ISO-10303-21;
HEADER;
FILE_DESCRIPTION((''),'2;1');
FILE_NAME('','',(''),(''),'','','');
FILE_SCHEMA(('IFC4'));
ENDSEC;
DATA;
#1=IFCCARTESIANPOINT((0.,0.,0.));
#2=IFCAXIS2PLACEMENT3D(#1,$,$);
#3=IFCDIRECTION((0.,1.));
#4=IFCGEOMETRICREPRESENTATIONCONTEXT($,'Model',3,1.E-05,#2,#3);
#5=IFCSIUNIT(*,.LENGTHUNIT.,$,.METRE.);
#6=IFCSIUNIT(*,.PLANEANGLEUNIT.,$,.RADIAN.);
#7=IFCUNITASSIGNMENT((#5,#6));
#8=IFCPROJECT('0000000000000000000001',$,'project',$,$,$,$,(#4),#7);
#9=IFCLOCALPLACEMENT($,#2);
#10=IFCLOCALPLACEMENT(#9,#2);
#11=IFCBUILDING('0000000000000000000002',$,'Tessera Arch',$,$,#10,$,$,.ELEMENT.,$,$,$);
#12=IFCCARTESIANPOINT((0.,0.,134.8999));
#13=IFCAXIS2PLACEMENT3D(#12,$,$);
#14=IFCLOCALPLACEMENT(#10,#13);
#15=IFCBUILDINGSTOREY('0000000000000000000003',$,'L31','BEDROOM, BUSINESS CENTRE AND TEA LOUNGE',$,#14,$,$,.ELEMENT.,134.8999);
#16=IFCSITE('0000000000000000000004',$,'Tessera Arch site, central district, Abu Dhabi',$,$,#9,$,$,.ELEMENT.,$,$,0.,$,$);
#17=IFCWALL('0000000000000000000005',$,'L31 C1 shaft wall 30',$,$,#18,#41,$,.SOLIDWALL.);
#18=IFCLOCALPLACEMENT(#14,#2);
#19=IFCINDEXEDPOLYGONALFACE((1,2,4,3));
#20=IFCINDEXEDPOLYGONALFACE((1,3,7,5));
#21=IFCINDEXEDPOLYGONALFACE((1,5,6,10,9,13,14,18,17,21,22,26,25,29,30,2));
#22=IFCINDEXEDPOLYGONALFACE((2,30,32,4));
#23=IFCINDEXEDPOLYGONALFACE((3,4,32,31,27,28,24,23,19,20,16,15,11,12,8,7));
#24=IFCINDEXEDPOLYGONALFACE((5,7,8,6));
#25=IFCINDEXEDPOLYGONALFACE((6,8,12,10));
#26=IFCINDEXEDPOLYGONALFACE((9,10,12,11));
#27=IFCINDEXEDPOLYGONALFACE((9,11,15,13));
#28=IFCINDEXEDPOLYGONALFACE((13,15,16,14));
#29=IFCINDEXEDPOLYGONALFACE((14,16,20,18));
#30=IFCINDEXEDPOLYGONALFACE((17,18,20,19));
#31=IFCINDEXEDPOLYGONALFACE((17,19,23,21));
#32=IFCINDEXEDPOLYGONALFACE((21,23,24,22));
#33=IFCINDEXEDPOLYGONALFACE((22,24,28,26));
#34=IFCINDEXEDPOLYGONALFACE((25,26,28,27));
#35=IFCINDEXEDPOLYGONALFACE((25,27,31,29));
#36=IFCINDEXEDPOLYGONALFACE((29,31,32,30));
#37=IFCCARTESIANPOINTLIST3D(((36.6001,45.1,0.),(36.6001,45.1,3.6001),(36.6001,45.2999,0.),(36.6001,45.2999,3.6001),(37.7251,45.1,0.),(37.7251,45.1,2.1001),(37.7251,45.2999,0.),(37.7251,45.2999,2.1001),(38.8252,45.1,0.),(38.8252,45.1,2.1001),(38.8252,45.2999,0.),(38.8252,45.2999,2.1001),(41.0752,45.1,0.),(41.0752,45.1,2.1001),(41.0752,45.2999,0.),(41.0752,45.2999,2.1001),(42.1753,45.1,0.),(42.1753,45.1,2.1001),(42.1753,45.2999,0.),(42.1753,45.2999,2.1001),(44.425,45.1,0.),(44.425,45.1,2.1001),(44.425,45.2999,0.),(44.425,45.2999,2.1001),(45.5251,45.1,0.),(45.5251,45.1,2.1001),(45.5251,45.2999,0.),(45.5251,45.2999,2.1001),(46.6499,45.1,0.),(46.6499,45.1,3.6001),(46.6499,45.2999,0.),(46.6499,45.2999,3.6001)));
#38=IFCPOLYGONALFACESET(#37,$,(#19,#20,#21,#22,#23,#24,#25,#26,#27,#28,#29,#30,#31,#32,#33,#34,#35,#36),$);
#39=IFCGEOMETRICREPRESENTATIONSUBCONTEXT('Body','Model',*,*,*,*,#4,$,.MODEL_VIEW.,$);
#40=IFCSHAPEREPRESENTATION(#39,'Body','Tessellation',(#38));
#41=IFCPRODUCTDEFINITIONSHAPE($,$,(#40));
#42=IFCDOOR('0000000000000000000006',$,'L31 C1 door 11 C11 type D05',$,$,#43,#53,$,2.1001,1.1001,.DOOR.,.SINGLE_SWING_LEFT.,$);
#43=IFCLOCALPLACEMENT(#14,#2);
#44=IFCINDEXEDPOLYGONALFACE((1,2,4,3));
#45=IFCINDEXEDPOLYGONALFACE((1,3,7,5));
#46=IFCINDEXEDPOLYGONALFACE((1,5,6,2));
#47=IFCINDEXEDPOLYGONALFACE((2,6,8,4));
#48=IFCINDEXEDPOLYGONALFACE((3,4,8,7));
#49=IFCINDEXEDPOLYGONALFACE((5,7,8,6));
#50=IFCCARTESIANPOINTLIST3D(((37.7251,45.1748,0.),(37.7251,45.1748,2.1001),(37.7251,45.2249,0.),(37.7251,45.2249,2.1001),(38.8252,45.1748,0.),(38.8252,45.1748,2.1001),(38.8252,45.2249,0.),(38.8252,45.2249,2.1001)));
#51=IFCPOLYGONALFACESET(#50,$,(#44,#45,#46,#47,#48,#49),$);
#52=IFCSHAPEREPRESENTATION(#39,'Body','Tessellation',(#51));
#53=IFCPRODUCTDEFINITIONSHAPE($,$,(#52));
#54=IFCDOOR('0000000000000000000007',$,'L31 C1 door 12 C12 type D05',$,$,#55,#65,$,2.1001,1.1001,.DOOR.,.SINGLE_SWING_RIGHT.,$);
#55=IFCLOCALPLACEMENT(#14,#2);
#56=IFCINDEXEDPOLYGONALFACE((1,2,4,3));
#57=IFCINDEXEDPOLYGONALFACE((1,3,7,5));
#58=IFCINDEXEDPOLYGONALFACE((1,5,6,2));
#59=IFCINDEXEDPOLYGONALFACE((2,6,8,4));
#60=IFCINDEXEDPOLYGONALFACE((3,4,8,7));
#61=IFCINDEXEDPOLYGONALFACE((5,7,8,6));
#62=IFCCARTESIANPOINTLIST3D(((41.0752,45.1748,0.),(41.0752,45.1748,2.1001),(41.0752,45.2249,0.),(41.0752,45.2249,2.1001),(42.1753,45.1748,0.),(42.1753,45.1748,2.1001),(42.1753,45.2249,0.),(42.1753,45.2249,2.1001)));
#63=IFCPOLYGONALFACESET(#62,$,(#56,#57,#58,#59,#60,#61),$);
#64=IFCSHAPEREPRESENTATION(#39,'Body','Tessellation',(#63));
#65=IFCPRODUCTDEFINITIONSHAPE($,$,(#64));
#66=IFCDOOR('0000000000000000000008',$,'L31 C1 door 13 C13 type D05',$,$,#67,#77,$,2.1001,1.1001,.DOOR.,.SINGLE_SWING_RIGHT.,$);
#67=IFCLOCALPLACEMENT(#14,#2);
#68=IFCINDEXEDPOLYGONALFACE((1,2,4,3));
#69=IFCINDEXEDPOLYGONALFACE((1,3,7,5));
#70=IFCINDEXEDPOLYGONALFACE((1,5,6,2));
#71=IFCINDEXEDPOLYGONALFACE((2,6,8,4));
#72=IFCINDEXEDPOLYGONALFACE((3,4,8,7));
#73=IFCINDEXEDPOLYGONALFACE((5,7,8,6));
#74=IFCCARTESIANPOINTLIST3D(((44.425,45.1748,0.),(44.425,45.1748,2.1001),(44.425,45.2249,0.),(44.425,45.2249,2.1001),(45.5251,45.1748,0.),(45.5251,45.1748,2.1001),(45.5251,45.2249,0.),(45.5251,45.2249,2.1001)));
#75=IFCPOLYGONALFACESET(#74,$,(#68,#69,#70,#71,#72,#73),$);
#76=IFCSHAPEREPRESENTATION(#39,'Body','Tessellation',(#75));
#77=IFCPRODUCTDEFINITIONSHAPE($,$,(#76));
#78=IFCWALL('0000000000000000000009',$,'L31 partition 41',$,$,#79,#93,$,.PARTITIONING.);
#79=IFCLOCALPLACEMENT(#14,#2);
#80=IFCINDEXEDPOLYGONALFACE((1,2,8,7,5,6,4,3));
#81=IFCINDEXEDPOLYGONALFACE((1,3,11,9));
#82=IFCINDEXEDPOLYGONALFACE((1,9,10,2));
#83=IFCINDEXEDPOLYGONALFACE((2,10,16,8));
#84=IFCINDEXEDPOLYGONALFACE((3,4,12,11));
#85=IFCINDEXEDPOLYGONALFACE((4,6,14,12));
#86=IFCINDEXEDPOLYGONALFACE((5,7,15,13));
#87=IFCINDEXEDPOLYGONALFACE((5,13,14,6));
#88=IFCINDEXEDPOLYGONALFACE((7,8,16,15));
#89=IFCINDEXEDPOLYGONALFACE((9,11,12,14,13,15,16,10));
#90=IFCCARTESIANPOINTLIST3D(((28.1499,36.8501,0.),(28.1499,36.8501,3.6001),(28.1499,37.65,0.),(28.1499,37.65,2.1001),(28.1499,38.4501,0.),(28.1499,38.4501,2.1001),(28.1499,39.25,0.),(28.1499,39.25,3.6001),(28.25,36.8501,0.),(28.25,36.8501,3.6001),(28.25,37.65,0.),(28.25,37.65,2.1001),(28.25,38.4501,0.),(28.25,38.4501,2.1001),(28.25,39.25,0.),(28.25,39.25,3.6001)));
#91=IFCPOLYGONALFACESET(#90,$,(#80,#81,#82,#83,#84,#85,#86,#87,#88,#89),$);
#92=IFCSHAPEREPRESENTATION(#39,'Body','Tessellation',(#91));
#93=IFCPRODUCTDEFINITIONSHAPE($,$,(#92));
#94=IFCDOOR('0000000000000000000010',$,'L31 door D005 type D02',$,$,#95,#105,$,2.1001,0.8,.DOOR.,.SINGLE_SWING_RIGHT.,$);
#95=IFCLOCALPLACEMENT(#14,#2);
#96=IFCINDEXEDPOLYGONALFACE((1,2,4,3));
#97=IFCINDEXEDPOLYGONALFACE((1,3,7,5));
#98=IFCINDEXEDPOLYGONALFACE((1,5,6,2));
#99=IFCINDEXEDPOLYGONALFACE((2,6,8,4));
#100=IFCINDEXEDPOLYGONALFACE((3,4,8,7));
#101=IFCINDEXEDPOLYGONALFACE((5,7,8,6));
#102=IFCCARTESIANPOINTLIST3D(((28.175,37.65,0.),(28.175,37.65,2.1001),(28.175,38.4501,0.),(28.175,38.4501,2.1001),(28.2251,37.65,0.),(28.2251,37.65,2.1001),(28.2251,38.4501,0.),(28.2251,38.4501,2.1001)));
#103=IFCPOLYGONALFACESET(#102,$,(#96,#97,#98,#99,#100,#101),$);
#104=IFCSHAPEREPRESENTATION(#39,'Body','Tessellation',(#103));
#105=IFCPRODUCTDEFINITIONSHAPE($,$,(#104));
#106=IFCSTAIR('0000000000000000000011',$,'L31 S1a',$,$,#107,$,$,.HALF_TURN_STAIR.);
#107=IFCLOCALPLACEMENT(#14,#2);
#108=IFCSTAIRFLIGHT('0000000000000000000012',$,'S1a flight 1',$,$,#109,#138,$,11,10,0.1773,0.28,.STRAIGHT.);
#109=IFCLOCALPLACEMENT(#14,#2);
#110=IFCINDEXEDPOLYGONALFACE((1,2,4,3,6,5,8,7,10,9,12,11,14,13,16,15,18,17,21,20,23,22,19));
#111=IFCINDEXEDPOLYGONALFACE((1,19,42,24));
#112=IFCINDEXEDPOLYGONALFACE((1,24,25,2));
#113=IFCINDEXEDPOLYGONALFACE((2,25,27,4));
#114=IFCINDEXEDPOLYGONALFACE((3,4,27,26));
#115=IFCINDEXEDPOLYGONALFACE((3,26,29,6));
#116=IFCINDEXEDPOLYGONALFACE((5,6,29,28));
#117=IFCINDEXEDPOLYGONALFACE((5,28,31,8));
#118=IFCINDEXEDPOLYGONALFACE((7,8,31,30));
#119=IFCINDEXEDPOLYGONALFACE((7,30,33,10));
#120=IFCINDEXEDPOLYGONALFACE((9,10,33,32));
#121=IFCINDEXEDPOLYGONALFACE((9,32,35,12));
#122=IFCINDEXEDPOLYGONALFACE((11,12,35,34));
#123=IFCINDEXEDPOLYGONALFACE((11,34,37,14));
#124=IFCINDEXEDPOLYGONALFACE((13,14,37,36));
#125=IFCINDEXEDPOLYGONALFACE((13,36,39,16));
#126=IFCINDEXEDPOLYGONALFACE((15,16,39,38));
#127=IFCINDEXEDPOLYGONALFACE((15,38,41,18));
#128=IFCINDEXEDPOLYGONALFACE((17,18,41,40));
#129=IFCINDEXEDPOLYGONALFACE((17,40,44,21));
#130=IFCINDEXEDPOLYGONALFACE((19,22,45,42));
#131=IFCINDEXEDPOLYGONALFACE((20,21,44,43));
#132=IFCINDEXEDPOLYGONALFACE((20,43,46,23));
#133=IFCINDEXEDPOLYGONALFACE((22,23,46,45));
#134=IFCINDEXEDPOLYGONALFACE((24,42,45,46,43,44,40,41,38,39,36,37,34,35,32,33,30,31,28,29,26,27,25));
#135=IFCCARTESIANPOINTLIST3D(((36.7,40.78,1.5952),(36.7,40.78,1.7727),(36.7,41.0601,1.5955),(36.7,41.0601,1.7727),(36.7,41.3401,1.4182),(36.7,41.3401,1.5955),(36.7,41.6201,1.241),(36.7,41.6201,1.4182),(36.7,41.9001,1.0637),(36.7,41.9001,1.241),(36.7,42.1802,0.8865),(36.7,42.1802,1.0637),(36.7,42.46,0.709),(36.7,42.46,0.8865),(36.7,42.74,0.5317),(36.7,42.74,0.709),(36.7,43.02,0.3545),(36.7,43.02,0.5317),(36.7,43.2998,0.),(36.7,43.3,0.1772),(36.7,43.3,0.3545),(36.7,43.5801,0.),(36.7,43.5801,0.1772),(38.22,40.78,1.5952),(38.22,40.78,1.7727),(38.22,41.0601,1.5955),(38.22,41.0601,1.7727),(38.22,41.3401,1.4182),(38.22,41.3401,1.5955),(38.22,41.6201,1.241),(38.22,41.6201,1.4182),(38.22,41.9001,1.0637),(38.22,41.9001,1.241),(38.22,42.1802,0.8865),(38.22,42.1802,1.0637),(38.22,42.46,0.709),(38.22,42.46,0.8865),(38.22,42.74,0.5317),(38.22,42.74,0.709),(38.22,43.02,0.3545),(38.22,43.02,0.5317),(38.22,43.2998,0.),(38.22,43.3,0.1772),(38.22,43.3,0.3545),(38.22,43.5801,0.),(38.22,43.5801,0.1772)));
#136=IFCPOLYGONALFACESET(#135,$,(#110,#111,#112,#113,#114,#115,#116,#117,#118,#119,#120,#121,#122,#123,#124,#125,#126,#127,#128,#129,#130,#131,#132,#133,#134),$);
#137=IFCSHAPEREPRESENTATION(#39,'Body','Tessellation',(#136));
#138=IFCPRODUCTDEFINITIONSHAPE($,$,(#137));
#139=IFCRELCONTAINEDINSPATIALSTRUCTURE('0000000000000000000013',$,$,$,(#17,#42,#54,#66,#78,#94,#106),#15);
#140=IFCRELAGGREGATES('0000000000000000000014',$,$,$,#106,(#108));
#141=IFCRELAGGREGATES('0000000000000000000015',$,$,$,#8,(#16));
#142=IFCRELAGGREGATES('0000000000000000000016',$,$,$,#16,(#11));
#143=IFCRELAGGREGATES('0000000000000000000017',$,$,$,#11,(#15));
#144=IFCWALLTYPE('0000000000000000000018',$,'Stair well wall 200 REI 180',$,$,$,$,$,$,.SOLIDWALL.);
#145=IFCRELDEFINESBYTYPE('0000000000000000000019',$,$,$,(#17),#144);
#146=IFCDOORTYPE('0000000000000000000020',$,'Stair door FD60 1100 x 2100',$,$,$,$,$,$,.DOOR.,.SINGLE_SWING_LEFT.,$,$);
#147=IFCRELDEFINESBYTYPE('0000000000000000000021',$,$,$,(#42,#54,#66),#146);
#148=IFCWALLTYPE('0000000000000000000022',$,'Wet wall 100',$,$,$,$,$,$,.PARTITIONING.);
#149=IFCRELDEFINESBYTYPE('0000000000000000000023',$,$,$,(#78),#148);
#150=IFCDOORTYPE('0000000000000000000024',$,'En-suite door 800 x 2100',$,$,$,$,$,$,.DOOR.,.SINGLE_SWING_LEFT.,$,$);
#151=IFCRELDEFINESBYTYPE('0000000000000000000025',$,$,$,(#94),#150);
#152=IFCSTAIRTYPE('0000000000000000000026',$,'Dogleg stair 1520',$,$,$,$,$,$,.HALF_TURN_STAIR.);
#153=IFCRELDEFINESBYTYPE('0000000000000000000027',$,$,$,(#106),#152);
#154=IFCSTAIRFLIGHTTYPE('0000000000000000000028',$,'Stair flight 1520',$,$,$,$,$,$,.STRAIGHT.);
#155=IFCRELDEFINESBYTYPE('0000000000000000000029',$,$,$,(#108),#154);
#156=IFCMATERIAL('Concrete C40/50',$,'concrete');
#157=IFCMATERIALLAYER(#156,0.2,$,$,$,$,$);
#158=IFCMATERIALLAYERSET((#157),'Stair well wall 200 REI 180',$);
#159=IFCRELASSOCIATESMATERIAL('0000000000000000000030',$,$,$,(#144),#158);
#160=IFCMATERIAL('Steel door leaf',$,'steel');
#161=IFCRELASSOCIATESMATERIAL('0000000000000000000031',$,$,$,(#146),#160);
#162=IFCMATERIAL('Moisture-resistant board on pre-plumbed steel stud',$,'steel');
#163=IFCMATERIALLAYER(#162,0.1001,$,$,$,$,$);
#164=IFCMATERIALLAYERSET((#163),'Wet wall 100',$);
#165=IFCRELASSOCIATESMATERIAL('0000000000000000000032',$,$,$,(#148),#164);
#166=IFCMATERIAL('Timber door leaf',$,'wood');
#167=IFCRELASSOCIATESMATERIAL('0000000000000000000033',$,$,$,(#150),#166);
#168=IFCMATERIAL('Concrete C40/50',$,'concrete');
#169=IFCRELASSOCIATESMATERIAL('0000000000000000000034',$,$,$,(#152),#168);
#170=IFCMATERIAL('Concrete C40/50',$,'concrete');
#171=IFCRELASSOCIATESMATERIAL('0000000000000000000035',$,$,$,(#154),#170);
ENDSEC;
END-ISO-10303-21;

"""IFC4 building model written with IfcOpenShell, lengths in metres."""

from ifc_helpers import new_model, si_unit, direction, frame, frame_2d, origin, place, context, subcontext, project, spatial, polyline, rectangle, outline, extrude, material, layer, layer_set, type_object, element, fill, aggregate, save


model = new_model("IFC4")

# Units and contexts
model_context = context("Model", 3, precision=1e-05, world=origin(), true_north=direction((0.0, 1.0)))
body_context = subcontext(model_context, "Body", "Model", "MODEL_VIEW")
ifc_project = project(units=[si_unit("LENGTHUNIT", "METRE"), si_unit("PLANEANGLEUNIT", "RADIAN")], contexts=[model_context])

# Site, building, storey
site_placement = place(None, origin())
site = spatial("IfcSite", under=ifc_project, at=site_placement, Name="Tessera Arch site, central district, Abu Dhabi", CompositionType="ELEMENT", RefElevation=0.0)
building_placement = place(site_placement, origin())
building = spatial("IfcBuilding", under=site, at=building_placement, Name="Tessera Arch", CompositionType="ELEMENT")
storey_placement = place(building_placement, frame((0.0, 0.0, 134.8999)))
storey = spatial("IfcBuildingStorey", under=building, at=storey_placement, Name="L31", Description="BEDROOM, BUSINESS CENTRE AND TEA LOUNGE", CompositionType="ELEMENT", Elevation=134.8999)

# Shared definitions
ifc_material_1 = material(Name="Concrete C40/50", Category="concrete")
ifc_layer_1 = layer(ifc_material_1, 0.2)
ifc_layer_set_1 = layer_set([ifc_layer_1], Name="Stair well wall 200 REI 180")
wall_type_1 = type_object("IfcWallType", Name="Stair well wall 200 REI 180", PredefinedType="SOLIDWALL", material=ifc_layer_set_1)

# Wall, openings, doors
wall_1_placement = place(storey_placement, frame((36.6001, 45.2, 0.0), z_axis=(0.0, 0.0, 1.0), x_axis=(1.0, 0.0, 0.0)))
wall_1 = element("IfcWall", 1, at=wall_1_placement, inside=storey, type_object=wall_type_1, Name="L31 C1 shaft wall 30", PredefinedType="SOLIDWALL", context=body_context, shape_type="SweptSolid", body=[
    extrude(rectangle(XDim=10.0498, YDim=0.2, at=frame_2d((5.0249, 0.0))), origin(), (0.0, 0.0, 1.0), 3.6001),
])
opening_1_placement = place(wall_1_placement, frame((1.125, 0.0, 0.0)))
opening_1 = element("IfcOpeningElement", 2, at=opening_1_placement, cuts=wall_1, PredefinedType="OPENING", context=body_context, shape_type="SweptSolid", body=[
    extrude(rectangle(XDim=1.1001, YDim=2.1001, at=frame_2d((0.55, 1.05))), frame((0.0, 0.1099, 0.0), z_axis=(0.0, -1.0, 0.0), x_axis=(1.0, 0.0, 0.0)), (0.0, 0.0, 1.0), 0.22),
])
opening_2_placement = place(wall_1_placement, frame((4.4751, 0.0, 0.0)))
opening_2 = element("IfcOpeningElement", 3, at=opening_2_placement, cuts=wall_1, PredefinedType="OPENING", context=body_context, shape_type="SweptSolid", body=[
    extrude(rectangle(XDim=1.1001, YDim=2.1001, at=frame_2d((0.55, 1.05))), frame((0.0, 0.1099, 0.0), z_axis=(0.0, -1.0, 0.0), x_axis=(1.0, 0.0, 0.0)), (0.0, 0.0, 1.0), 0.22),
])
opening_3_placement = place(wall_1_placement, frame((7.825, 0.0, 0.0)))
opening_3 = element("IfcOpeningElement", 4, at=opening_3_placement, cuts=wall_1, PredefinedType="OPENING", context=body_context, shape_type="SweptSolid", body=[
    extrude(rectangle(XDim=1.1001, YDim=2.1001, at=frame_2d((0.55, 1.05))), frame((0.0, 0.1099, 0.0), z_axis=(0.0, -1.0, 0.0), x_axis=(1.0, 0.0, 0.0)), (0.0, 0.0, 1.0), 0.22),
])
ifc_material_2 = material(Name="Steel door leaf", Category="steel")
door_type_1 = type_object("IfcDoorType", Name="Stair door FD60 1100 x 2100", OperationType="SINGLE_SWING_LEFT", PredefinedType="DOOR", material=ifc_material_2)
door_1_placement = place(opening_1_placement, origin())
door_1 = element("IfcDoor", 5, at=door_1_placement, inside=storey, type_object=door_type_1, Name="L31 C1 door 11 C11 type D05", OperationType="SINGLE_SWING_LEFT", OverallHeight=2.1001, OverallWidth=1.1001, PredefinedType="DOOR", context=body_context, shape_type="SweptSolid", body=[
    extrude(rectangle(XDim=1.1001, YDim=2.1001, at=frame_2d((0.55, 1.05))), frame((0.0, 0.0249, 0.0), z_axis=(0.0, -1.0, 0.0), x_axis=(1.0, 0.0, 0.0)), (0.0, 0.0, 1.0), 0.05),
])
fill(opening_1, door_1)
door_2_placement = place(opening_2_placement, origin())
door_2 = element("IfcDoor", 6, at=door_2_placement, inside=storey, type_object=door_type_1, Name="L31 C1 door 12 C12 type D05", OperationType="SINGLE_SWING_RIGHT", OverallHeight=2.1001, OverallWidth=1.1001, PredefinedType="DOOR", context=body_context, shape_type="SweptSolid", body=[
    extrude(rectangle(XDim=1.1001, YDim=2.1001, at=frame_2d((0.55, 1.05))), frame((0.0, 0.0249, 0.0), z_axis=(0.0, -1.0, 0.0), x_axis=(1.0, 0.0, 0.0)), (0.0, 0.0, 1.0), 0.05),
])
fill(opening_2, door_2)
door_3_placement = place(opening_3_placement, origin())
door_3 = element("IfcDoor", 7, at=door_3_placement, inside=storey, type_object=door_type_1, Name="L31 C1 door 13 C13 type D05", OperationType="SINGLE_SWING_RIGHT", OverallHeight=2.1001, OverallWidth=1.1001, PredefinedType="DOOR", context=body_context, shape_type="SweptSolid", body=[
    extrude(rectangle(XDim=1.1001, YDim=2.1001, at=frame_2d((0.55, 1.05))), frame((0.0, 0.0249, 0.0), z_axis=(0.0, -1.0, 0.0), x_axis=(1.0, 0.0, 0.0)), (0.0, 0.0, 1.0), 0.05),
])
fill(opening_3, door_3)

# Wall, opening, door
ifc_material_3 = material(Name="Moisture-resistant board on pre-plumbed steel stud", Category="steel")
ifc_layer_2 = layer(ifc_material_3, 0.1001)
ifc_layer_set_2 = layer_set([ifc_layer_2], Name="Wet wall 100")
wall_type_2 = type_object("IfcWallType", Name="Wet wall 100", PredefinedType="PARTITIONING", material=ifc_layer_set_2)
wall_2_placement = place(storey_placement, frame((28.2, 36.8501, 0.0), z_axis=(0.0, 0.0, 1.0), x_axis=(0.0, 1.0, 0.0)))
wall_2 = element("IfcWall", 8, at=wall_2_placement, inside=storey, type_object=wall_type_2, Name="L31 partition 41", PredefinedType="PARTITIONING", context=body_context, shape_type="SweptSolid", body=[
    extrude(rectangle(XDim=2.3999, YDim=0.1001, at=frame_2d((1.2, 0.0))), origin(), (0.0, 0.0, 1.0), 3.6001),
])
opening_4_placement = place(wall_2_placement, frame((0.8, 0.0, 0.0)))
opening_4 = element("IfcOpeningElement", 9, at=opening_4_placement, cuts=wall_2, PredefinedType="OPENING", context=body_context, shape_type="SweptSolid", body=[
    extrude(rectangle(XDim=0.8, YDim=2.1001, at=frame_2d((0.3999, 1.05))), frame((0.0, 0.0601, 0.0), z_axis=(0.0, -1.0, 0.0), x_axis=(1.0, 0.0, 0.0)), (0.0, 0.0, 1.0), 0.1201),
])
ifc_material_4 = material(Name="Timber door leaf", Category="wood")
door_type_2 = type_object("IfcDoorType", Name="En-suite door 800 x 2100", OperationType="SINGLE_SWING_LEFT", PredefinedType="DOOR", material=ifc_material_4)
door_4_placement = place(opening_4_placement, origin())
door_4 = element("IfcDoor", 10, at=door_4_placement, inside=storey, type_object=door_type_2, Name="L31 door D005 type D02", OperationType="SINGLE_SWING_RIGHT", OverallHeight=2.1001, OverallWidth=0.8, PredefinedType="DOOR", context=body_context, shape_type="SweptSolid", body=[
    extrude(rectangle(XDim=0.8, YDim=2.1001, at=frame_2d((0.3999, 1.05))), frame((0.0, 0.0249, 0.0), z_axis=(0.0, -1.0, 0.0), x_axis=(1.0, 0.0, 0.0)), (0.0, 0.0, 1.0), 0.05),
])
fill(opening_4, door_4)

# Stair, stair flight
ifc_material_5 = material(Name="Concrete C40/50", Category="concrete")
stair_type = type_object("IfcStairType", Name="Dogleg stair 1520", PredefinedType="HALF_TURN_STAIR", material=ifc_material_5)
stair_placement = place(storey_placement, origin())
stair = element("IfcStair", 11, at=stair_placement, inside=storey, type_object=stair_type, Name="L31 S1a", PredefinedType="HALF_TURN_STAIR")
ifc_material_6 = material(Name="Concrete C40/50", Category="concrete")
stair_flight_type = type_object("IfcStairFlightType", Name="Stair flight 1520", PredefinedType="STRAIGHT", material=ifc_material_6)
stair_flight_1_placement = place(storey_placement, frame((37.46, 43.5801, 0.0), z_axis=(0.0, 0.0, 1.0), x_axis=(0.0, -1.0, 0.0)))
stair_flight_1 = element("IfcStairFlight", 12, at=stair_flight_1_placement, type_object=stair_flight_type, Name="S1a flight 1", NumberOfRisers=11, NumberOfTreads=10, PredefinedType="STRAIGHT", RiserHeight=0.1773, TreadLength=0.28, context=body_context, shape_type="SweptSolid", body=[
    extrude(outline(polyline([(0.0, 0.0), (0.0, 0.1772), (0.28, 0.1772), (0.28, 0.3545), (0.5601, 0.3545), (0.5601, 0.5317), (0.8401, 0.5317), (0.8401, 0.709), (1.1201, 0.709), (1.1201, 0.8865), (1.3999, 0.8865), (1.3999, 1.0637), (1.6799, 1.0637), (1.6799, 1.241), (1.96, 1.241), (1.96, 1.4182), (2.24, 1.4182), (2.24, 1.5955), (2.52, 1.5955), (2.52, 1.7727), (2.8, 1.7727), (2.8, 1.95), (2.8, 1.5952), (0.2803, 0.0), (0.0, 0.0)])), frame((0.0, 0.76, 0.0), z_axis=(0.0, -1.0, 0.0), x_axis=(1.0, 0.0, 0.0)), (0.0, 0.0, 1.0), 1.52),
])
aggregate(stair, [stair_flight_1])

save(model, "model.ifc")
